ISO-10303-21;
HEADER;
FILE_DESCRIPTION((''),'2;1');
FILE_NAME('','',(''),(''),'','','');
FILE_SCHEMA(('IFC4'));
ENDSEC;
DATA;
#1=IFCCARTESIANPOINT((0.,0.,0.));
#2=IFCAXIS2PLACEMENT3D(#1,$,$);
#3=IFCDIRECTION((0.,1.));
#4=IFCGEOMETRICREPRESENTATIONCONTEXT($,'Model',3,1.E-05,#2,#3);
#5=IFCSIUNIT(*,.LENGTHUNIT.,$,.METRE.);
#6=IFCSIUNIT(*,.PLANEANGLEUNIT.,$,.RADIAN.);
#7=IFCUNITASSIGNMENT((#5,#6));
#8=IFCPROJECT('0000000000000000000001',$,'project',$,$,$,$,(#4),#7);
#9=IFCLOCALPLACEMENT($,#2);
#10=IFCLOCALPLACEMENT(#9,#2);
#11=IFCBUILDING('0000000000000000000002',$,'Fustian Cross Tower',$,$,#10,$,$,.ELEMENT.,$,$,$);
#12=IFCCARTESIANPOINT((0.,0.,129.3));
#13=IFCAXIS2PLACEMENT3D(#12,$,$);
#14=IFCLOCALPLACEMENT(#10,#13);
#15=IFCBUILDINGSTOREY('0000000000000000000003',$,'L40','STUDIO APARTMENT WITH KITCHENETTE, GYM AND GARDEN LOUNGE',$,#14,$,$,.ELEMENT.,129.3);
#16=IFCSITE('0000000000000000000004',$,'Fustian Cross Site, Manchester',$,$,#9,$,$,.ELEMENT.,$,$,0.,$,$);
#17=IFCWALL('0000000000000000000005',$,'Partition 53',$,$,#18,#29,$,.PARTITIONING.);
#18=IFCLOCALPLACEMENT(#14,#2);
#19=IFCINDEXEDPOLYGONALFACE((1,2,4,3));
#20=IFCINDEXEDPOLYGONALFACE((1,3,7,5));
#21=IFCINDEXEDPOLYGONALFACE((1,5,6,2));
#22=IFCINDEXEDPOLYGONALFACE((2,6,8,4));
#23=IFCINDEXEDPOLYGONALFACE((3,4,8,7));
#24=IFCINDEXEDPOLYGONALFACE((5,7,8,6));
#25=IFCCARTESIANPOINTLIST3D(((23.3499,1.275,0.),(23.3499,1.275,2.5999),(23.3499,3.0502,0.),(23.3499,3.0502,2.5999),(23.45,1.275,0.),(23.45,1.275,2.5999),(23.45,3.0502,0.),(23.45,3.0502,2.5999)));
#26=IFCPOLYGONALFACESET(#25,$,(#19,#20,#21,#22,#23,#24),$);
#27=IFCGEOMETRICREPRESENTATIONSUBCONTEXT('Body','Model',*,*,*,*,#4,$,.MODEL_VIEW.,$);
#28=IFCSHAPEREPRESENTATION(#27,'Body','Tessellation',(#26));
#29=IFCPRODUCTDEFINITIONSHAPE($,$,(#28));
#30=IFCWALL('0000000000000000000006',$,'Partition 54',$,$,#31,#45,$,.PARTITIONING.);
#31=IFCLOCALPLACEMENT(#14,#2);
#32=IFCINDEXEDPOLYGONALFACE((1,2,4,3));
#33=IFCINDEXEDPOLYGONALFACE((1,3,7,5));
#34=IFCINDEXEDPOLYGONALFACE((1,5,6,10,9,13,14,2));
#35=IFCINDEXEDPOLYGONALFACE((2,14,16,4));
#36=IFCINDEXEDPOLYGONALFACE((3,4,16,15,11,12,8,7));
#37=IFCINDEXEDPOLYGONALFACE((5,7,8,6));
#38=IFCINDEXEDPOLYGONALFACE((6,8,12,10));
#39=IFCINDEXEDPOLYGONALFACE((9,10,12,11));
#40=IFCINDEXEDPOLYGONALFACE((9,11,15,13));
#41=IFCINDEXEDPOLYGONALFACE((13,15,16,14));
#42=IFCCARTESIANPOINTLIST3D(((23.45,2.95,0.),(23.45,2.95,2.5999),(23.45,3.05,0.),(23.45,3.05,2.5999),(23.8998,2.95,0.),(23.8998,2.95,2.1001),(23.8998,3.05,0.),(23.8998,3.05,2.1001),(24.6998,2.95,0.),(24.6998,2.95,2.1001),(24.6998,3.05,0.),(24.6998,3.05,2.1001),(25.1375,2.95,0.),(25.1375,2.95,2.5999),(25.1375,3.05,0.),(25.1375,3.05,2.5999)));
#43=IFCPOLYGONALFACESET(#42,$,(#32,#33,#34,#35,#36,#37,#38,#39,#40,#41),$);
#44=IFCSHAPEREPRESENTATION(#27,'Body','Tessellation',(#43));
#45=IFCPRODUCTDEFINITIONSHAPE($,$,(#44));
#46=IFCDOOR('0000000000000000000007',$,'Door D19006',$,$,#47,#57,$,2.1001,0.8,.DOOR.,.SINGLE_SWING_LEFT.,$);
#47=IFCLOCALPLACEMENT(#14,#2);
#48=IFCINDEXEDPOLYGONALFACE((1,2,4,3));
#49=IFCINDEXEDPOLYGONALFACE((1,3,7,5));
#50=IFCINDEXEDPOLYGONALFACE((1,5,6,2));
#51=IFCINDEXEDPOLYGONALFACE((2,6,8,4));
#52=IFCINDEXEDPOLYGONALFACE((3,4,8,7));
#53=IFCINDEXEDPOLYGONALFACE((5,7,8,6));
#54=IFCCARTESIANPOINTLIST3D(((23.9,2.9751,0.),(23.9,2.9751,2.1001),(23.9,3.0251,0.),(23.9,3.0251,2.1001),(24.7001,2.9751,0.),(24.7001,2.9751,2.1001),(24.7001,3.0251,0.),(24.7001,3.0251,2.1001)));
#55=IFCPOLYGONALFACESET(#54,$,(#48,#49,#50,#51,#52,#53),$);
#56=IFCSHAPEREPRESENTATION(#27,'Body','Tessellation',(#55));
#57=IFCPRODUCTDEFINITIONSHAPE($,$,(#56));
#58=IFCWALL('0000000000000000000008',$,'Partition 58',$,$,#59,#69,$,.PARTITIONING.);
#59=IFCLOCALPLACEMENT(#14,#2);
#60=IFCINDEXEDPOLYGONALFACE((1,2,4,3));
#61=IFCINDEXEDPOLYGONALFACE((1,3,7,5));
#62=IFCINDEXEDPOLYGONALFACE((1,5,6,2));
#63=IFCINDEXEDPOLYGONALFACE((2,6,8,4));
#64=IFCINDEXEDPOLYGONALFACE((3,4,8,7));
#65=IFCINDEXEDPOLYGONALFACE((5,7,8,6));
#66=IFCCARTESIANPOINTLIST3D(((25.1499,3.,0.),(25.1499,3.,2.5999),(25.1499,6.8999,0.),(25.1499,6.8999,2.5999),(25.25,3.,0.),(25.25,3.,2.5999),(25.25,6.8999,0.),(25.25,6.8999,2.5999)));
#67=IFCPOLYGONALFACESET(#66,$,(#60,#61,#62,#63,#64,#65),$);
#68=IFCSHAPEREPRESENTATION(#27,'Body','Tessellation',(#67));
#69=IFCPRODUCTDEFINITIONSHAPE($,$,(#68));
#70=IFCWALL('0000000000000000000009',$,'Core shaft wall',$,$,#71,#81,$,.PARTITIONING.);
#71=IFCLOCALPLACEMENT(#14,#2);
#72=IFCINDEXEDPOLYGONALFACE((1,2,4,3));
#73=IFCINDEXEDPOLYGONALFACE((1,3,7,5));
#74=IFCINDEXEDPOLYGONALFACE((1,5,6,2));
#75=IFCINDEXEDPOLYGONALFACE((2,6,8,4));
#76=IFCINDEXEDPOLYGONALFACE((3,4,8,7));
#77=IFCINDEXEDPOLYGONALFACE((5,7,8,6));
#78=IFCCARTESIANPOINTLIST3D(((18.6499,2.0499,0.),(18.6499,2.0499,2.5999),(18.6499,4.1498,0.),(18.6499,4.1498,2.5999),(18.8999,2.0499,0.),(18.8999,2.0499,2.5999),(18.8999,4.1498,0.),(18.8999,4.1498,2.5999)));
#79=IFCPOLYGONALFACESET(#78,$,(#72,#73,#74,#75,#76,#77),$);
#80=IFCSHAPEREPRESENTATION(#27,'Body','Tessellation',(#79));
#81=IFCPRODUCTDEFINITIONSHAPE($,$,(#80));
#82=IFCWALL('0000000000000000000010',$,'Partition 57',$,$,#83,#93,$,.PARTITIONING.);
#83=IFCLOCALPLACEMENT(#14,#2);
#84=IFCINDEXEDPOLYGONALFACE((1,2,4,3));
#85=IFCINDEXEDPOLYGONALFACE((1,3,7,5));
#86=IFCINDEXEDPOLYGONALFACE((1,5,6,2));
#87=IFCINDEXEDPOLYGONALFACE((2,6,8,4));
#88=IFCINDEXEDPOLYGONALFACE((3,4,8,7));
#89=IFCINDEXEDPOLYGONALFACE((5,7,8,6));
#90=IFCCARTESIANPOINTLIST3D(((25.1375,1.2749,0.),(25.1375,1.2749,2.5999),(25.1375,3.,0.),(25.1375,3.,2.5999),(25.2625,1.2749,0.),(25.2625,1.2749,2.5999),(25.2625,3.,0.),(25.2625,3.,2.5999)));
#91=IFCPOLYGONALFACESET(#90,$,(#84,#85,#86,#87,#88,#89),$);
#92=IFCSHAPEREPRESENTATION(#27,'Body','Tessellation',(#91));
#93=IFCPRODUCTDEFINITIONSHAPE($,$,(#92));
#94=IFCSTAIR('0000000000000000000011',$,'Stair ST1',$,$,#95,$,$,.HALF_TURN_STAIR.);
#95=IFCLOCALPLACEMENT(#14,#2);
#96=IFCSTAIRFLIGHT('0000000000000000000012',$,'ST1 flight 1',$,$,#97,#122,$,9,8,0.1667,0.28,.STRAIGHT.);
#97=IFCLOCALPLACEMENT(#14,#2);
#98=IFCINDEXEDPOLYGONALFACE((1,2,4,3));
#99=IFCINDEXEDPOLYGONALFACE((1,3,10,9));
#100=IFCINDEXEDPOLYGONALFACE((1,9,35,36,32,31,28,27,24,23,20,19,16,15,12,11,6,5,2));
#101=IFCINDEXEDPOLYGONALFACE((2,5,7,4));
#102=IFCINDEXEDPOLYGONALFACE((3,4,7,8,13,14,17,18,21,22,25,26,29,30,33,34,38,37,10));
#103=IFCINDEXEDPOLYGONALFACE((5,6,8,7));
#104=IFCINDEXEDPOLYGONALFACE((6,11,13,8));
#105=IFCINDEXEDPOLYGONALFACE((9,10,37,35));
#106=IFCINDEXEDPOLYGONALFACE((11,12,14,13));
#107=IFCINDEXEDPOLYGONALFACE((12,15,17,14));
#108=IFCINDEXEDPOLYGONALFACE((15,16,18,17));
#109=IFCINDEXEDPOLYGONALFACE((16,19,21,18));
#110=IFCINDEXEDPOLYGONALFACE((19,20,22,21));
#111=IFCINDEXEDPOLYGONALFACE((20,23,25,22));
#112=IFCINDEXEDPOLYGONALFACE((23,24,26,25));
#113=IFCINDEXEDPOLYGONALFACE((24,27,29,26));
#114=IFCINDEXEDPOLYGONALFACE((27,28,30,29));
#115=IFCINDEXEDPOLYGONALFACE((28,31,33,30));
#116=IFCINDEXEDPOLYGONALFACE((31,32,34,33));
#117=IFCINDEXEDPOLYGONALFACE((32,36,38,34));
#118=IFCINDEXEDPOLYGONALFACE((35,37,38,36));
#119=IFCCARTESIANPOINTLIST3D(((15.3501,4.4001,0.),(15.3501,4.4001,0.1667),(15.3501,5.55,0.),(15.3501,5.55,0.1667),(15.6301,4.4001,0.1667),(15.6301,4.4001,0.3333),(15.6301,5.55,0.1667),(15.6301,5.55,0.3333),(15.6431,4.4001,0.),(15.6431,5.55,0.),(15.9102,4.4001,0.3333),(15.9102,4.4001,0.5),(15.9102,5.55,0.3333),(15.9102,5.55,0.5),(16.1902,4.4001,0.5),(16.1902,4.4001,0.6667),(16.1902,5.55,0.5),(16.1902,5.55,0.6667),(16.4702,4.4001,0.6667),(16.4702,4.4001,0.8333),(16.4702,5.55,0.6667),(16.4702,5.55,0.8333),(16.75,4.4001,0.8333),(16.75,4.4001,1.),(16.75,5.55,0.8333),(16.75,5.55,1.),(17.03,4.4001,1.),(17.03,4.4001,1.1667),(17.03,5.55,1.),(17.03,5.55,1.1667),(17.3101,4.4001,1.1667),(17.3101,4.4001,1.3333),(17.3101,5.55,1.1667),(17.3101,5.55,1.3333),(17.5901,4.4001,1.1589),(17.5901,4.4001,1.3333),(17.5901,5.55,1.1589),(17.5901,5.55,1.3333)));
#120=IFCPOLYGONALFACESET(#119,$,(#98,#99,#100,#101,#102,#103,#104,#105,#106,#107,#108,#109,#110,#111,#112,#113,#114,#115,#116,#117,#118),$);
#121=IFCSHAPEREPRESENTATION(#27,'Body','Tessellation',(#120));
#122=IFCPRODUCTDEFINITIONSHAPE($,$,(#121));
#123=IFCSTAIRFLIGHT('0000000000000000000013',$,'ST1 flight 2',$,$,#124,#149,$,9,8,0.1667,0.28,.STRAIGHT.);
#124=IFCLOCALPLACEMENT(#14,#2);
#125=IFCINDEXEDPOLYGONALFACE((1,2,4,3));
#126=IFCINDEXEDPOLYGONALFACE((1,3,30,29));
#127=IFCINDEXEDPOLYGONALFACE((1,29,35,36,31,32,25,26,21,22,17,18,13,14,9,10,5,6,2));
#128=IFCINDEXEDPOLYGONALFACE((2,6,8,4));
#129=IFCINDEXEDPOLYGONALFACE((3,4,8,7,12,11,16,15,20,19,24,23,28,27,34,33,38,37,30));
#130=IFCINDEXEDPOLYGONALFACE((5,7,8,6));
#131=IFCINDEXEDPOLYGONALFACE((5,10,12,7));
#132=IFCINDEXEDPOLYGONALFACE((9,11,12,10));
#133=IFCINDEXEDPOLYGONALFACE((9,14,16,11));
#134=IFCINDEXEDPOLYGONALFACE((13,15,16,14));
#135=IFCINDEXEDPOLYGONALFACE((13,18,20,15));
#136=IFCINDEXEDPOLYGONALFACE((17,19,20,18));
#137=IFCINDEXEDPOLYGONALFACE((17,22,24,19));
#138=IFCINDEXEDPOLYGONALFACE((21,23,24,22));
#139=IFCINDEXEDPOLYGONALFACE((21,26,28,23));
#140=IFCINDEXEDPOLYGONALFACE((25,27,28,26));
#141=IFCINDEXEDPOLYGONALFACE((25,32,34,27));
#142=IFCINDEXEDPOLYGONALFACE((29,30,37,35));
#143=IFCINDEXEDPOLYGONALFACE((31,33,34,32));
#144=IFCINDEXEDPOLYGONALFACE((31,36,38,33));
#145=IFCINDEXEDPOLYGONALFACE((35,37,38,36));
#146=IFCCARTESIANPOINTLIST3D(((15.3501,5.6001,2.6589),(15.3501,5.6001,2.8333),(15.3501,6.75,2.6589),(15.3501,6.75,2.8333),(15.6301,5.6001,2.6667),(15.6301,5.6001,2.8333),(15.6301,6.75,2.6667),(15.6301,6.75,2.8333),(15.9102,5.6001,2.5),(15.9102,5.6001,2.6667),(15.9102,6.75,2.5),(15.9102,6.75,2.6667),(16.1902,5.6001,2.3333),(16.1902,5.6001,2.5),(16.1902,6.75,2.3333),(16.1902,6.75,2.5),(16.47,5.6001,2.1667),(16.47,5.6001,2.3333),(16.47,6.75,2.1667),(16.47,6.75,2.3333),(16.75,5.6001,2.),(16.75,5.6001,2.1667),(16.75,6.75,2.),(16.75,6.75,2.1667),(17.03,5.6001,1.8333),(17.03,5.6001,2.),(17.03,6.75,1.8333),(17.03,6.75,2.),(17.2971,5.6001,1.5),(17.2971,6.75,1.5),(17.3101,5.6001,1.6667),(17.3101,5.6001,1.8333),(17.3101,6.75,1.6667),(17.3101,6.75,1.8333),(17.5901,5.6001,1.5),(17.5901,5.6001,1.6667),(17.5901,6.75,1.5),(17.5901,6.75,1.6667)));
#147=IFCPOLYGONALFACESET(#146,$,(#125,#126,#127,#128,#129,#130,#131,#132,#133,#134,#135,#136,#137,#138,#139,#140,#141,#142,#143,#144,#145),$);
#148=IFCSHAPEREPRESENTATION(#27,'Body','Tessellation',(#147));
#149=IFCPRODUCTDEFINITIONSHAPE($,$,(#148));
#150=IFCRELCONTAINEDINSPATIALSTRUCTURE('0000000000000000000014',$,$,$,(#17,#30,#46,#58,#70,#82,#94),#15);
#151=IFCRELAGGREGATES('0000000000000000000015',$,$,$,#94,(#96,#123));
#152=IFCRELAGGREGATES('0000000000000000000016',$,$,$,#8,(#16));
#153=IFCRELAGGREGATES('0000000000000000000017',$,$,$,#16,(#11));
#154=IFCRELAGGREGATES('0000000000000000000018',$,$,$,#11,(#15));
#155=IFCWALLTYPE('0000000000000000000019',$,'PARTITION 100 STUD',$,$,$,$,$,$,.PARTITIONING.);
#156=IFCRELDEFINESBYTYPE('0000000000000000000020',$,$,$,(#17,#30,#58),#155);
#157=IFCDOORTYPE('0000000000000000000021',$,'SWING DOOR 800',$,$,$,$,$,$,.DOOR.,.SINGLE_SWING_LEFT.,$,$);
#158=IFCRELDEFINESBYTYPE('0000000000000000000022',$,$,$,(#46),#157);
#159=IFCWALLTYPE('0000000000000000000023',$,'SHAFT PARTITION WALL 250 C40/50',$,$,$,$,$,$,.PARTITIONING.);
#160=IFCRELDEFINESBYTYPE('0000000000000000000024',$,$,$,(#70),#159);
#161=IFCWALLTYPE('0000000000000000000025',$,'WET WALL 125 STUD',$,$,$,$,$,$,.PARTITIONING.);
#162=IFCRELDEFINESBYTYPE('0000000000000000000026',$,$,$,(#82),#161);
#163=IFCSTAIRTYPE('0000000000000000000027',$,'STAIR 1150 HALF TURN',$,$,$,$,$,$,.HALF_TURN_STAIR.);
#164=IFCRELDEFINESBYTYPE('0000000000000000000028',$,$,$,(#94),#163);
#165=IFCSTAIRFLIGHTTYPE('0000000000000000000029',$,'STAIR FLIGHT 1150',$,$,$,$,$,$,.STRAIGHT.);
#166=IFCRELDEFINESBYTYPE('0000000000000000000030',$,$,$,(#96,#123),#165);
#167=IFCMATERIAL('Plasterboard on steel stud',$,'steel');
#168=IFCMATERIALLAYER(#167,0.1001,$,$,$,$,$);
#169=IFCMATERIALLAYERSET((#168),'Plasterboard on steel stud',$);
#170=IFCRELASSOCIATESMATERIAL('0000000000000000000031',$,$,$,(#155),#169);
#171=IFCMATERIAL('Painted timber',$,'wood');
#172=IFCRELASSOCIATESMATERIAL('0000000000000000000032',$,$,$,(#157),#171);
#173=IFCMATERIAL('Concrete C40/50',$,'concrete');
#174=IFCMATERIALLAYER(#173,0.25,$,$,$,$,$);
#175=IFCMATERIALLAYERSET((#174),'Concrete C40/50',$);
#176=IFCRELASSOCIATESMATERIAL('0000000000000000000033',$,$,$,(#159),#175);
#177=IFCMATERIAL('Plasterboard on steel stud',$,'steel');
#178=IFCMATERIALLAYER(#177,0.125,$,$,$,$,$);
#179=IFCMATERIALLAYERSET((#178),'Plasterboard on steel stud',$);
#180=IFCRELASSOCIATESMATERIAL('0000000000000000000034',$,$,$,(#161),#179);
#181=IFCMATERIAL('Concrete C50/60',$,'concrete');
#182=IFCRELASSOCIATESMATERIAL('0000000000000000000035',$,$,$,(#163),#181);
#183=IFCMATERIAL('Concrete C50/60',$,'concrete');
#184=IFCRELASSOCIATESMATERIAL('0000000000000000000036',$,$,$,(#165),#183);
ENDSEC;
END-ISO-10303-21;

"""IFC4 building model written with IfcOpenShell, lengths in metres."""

from ifc_helpers import new_model, si_unit, direction, frame, frame_2d, origin, place, context, subcontext, project, spatial, polyline, rectangle, outline, extrude, material, layer, layer_set, type_object, element, fill, aggregate, save


model = new_model("IFC4")

# Units and contexts
model_context = context("Model", 3, precision=1e-05, world=origin(), true_north=direction((0.0, 1.0)))
body_context = subcontext(model_context, "Body", "Model", "MODEL_VIEW")
ifc_project = project(units=[si_unit("LENGTHUNIT", "METRE"), si_unit("PLANEANGLEUNIT", "RADIAN")], contexts=[model_context])

# Site, building, storey
site_placement = place(None, origin())
site = spatial("IfcSite", under=ifc_project, at=site_placement, Name="Fustian Cross Site, Manchester", CompositionType="ELEMENT", RefElevation=0.0)
building_placement = place(site_placement, origin())
building = spatial("IfcBuilding", under=site, at=building_placement, Name="Fustian Cross Tower", CompositionType="ELEMENT")
storey_placement = place(building_placement, frame((0.0, 0.0, 129.3)))
storey = spatial("IfcBuildingStorey", under=building, at=storey_placement, Name="L40", Description="STUDIO APARTMENT WITH KITCHENETTE, GYM AND GARDEN LOUNGE", CompositionType="ELEMENT", Elevation=129.3)

# Wall
ifc_material_1 = material(Name="Plasterboard on steel stud", Category="steel")
ifc_layer_1 = layer(ifc_material_1, 0.1001)
ifc_layer_set_1 = layer_set([ifc_layer_1], Name="Plasterboard on steel stud")
wall_type_1 = type_object("IfcWallType", Name="PARTITION 100 STUD", PredefinedType="PARTITIONING", material=ifc_layer_set_1)
wall_1_placement = place(storey_placement, frame((23.3999, 1.2749, 0.0), z_axis=(0.0, 0.0, 1.0), x_axis=(0.0, 1.0, 0.0)))
element("IfcWall", 1, at=wall_1_placement, inside=storey, type_object=wall_type_1, Name="Partition 53", PredefinedType="PARTITIONING", context=body_context, shape_type="SweptSolid", body=[
    extrude(rectangle(XDim=1.7751, YDim=0.1001, at=frame_2d((0.8877, 0.0))), origin(), (0.0, 0.0, 1.0), 2.5999),
])

# Wall, opening, door
wall_2_placement = place(storey_placement, frame((23.45, 3.0, 0.0), z_axis=(0.0, 0.0, 1.0), x_axis=(1.0, 0.0, 0.0)))
wall_2 = element("IfcWall", 2, at=wall_2_placement, inside=storey, type_object=wall_type_1, Name="Partition 54", PredefinedType="PARTITIONING", context=body_context, shape_type="SweptSolid", body=[
    extrude(rectangle(XDim=1.6875, YDim=0.1001, at=frame_2d((0.8438, 0.0))), origin(), (0.0, 0.0, 1.0), 2.5999),
])
opening_1_placement = place(wall_2_placement, frame((0.45, 0.0, 0.0)))
opening_1 = element("IfcOpeningElement", 3, at=opening_1_placement, cuts=wall_2, PredefinedType="OPENING", context=body_context, shape_type="SweptSolid", body=[
    extrude(rectangle(XDim=0.8, YDim=2.1001, at=frame_2d((0.3999, 1.05))), frame((0.0, 0.0601, 0.0), z_axis=(0.0, -1.0, 0.0), x_axis=(1.0, 0.0, 0.0)), (0.0, 0.0, 1.0), 0.1201),
])
ifc_material_2 = material(Name="Painted timber", Category="wood")
door_type_1 = type_object("IfcDoorType", Name="SWING DOOR 800", OperationType="SINGLE_SWING_LEFT", PredefinedType="DOOR", material=ifc_material_2)
door_1_placement = place(opening_1_placement, frame((0.8, 0.0, 0.0), z_axis=(0.0, 0.0, 1.0), x_axis=(-1.0, 0.0, 0.0)))
door_1 = element("IfcDoor", 4, at=door_1_placement, inside=storey, type_object=door_type_1, Name="Door D19006", OperationType="SINGLE_SWING_LEFT", OverallHeight=2.1001, OverallWidth=0.8, PredefinedType="DOOR", context=body_context, shape_type="SweptSolid", body=[
    extrude(rectangle(XDim=0.8, YDim=2.1001, at=frame_2d((0.3999, 1.05))), frame((0.0, 0.0249, 0.0), z_axis=(0.0, -1.0, 0.0), x_axis=(1.0, 0.0, 0.0)), (0.0, 0.0, 1.0), 0.05),
])
fill(opening_1, door_1)

# Walls
wall_3_placement = place(storey_placement, frame((25.2, 3.0, 0.0), z_axis=(0.0, 0.0, 1.0), x_axis=(0.0, 1.0, 0.0)))
element("IfcWall", 5, at=wall_3_placement, inside=storey, type_object=wall_type_1, Name="Partition 58", PredefinedType="PARTITIONING", context=body_context, shape_type="SweptSolid", body=[
    extrude(rectangle(XDim=3.8999, YDim=0.1001, at=frame_2d((1.95, 0.0))), origin(), (0.0, 0.0, 1.0), 2.5999),
])
ifc_material_3 = material(Name="Concrete C40/50", Category="concrete")
ifc_layer_2 = layer(ifc_material_3, 0.25)
ifc_layer_set_2 = layer_set([ifc_layer_2], Name="Concrete C40/50")
wall_type_2 = type_object("IfcWallType", Name="SHAFT PARTITION WALL 250 C40/50", PredefinedType="PARTITIONING", material=ifc_layer_set_2)
wall_4_placement = place(storey_placement, frame((18.7749, 2.05, 0.0), z_axis=(0.0, 0.0, 1.0), x_axis=(0.0, 1.0, 0.0)))
element("IfcWall", 6, at=wall_4_placement, inside=storey, type_object=wall_type_2, Name="Core shaft wall", PredefinedType="PARTITIONING", context=body_context, shape_type="SweptSolid", body=[
    extrude(rectangle(XDim=2.0999, YDim=0.25, at=frame_2d((1.0498, 0.0))), origin(), (0.0, 0.0, 1.0), 2.5999),
])
ifc_material_4 = material(Name="Plasterboard on steel stud", Category="steel")
ifc_layer_3 = layer(ifc_material_4, 0.125)
ifc_layer_set_3 = layer_set([ifc_layer_3], Name="Plasterboard on steel stud")
wall_type_3 = type_object("IfcWallType", Name="WET WALL 125 STUD", PredefinedType="PARTITIONING", material=ifc_layer_set_3)
wall_5_placement = place(storey_placement, frame((25.2, 1.2749, 0.0), z_axis=(0.0, 0.0, 1.0), x_axis=(0.0, 1.0, 0.0)))
element("IfcWall", 7, at=wall_5_placement, inside=storey, type_object=wall_type_3, Name="Partition 57", PredefinedType="PARTITIONING", context=body_context, shape_type="SweptSolid", body=[
    extrude(rectangle(XDim=1.7251, YDim=0.125, at=frame_2d((0.8625, 0.0))), origin(), (0.0, 0.0, 1.0), 2.5999),
])

# Stair, stair flights
ifc_material_5 = material(Name="Concrete C50/60", Category="concrete")
stair_type = type_object("IfcStairType", Name="STAIR 1150 HALF TURN", PredefinedType="HALF_TURN_STAIR", material=ifc_material_5)
stair_placement = place(storey_placement, origin())
stair = element("IfcStair", 8, at=stair_placement, inside=storey, type_object=stair_type, Name="Stair ST1", PredefinedType="HALF_TURN_STAIR")
ifc_material_6 = material(Name="Concrete C50/60", Category="concrete")
stair_flight_type = type_object("IfcStairFlightType", Name="STAIR FLIGHT 1150", PredefinedType="STRAIGHT", material=ifc_material_6)
stair_flight_1_placement = place(storey_placement, frame((15.3501, 4.9751, 0.0), z_axis=(0.0, 0.0, 1.0), x_axis=(1.0, 0.0, 0.0)))
stair_flight_1 = element("IfcStairFlight", 9, at=stair_flight_1_placement, type_object=stair_flight_type, Name="ST1 flight 1", NumberOfRisers=9, NumberOfTreads=8, PredefinedType="STRAIGHT", RiserHeight=0.1667, TreadLength=0.28, context=body_context, shape_type="SweptSolid", body=[
    extrude(outline(polyline([(0.0, 0.0), (0.0, 0.1667), (0.28, 0.1667), (0.28, 0.3333), (0.5601, 0.3333), (0.5601, 0.5), (0.8401, 0.5), (0.8401, 0.6667), (1.1201, 0.6667), (1.1201, 0.8333), (1.3999, 0.8333), (1.3999, 1.0), (1.6799, 1.0), (1.6799, 1.1667), (1.96, 1.1667), (1.96, 1.3333), (2.24, 1.3333), (2.24, 1.5), (2.24, 1.1589), (0.293, 0.0), (0.0, 0.0)])), frame((0.0, 0.575, 0.0), z_axis=(0.0, -1.0, 0.0), x_axis=(1.0, 0.0, 0.0)), (0.0, 0.0, 1.0), 1.1499),
])
stair_flight_2_placement = place(storey_placement, frame((17.5901, 6.175, 1.5), z_axis=(0.0, 0.0, 1.0), x_axis=(-1.0, 0.0, 0.0)))
stair_flight_2 = element("IfcStairFlight", 10, at=stair_flight_2_placement, type_object=stair_flight_type, Name="ST1 flight 2", NumberOfRisers=9, NumberOfTreads=8, PredefinedType="STRAIGHT", RiserHeight=0.1667, TreadLength=0.28, context=body_context, shape_type="SweptSolid", body=[
    extrude(outline(polyline([(0.0, 0.0), (0.0, 0.1667), (0.28, 0.1667), (0.28, 0.3333), (0.5601, 0.3333), (0.5601, 0.5), (0.8401, 0.5), (0.8401, 0.6667), (1.1201, 0.6667), (1.1201, 0.8333), (1.3999, 0.8333), (1.3999, 1.0), (1.6799, 1.0), (1.6799, 1.1667), (1.96, 1.1667), (1.96, 1.3333), (2.24, 1.3333), (2.24, 1.5), (2.24, 1.1589), (0.293, 0.0), (0.0, 0.0)])), frame((0.0, 0.575, 0.0), z_axis=(0.0, -1.0, 0.0), x_axis=(1.0, 0.0, 0.0)), (0.0, 0.0, 1.0), 1.1499),
])
aggregate(stair, [stair_flight_1, stair_flight_2])

save(model, "model.ifc")
